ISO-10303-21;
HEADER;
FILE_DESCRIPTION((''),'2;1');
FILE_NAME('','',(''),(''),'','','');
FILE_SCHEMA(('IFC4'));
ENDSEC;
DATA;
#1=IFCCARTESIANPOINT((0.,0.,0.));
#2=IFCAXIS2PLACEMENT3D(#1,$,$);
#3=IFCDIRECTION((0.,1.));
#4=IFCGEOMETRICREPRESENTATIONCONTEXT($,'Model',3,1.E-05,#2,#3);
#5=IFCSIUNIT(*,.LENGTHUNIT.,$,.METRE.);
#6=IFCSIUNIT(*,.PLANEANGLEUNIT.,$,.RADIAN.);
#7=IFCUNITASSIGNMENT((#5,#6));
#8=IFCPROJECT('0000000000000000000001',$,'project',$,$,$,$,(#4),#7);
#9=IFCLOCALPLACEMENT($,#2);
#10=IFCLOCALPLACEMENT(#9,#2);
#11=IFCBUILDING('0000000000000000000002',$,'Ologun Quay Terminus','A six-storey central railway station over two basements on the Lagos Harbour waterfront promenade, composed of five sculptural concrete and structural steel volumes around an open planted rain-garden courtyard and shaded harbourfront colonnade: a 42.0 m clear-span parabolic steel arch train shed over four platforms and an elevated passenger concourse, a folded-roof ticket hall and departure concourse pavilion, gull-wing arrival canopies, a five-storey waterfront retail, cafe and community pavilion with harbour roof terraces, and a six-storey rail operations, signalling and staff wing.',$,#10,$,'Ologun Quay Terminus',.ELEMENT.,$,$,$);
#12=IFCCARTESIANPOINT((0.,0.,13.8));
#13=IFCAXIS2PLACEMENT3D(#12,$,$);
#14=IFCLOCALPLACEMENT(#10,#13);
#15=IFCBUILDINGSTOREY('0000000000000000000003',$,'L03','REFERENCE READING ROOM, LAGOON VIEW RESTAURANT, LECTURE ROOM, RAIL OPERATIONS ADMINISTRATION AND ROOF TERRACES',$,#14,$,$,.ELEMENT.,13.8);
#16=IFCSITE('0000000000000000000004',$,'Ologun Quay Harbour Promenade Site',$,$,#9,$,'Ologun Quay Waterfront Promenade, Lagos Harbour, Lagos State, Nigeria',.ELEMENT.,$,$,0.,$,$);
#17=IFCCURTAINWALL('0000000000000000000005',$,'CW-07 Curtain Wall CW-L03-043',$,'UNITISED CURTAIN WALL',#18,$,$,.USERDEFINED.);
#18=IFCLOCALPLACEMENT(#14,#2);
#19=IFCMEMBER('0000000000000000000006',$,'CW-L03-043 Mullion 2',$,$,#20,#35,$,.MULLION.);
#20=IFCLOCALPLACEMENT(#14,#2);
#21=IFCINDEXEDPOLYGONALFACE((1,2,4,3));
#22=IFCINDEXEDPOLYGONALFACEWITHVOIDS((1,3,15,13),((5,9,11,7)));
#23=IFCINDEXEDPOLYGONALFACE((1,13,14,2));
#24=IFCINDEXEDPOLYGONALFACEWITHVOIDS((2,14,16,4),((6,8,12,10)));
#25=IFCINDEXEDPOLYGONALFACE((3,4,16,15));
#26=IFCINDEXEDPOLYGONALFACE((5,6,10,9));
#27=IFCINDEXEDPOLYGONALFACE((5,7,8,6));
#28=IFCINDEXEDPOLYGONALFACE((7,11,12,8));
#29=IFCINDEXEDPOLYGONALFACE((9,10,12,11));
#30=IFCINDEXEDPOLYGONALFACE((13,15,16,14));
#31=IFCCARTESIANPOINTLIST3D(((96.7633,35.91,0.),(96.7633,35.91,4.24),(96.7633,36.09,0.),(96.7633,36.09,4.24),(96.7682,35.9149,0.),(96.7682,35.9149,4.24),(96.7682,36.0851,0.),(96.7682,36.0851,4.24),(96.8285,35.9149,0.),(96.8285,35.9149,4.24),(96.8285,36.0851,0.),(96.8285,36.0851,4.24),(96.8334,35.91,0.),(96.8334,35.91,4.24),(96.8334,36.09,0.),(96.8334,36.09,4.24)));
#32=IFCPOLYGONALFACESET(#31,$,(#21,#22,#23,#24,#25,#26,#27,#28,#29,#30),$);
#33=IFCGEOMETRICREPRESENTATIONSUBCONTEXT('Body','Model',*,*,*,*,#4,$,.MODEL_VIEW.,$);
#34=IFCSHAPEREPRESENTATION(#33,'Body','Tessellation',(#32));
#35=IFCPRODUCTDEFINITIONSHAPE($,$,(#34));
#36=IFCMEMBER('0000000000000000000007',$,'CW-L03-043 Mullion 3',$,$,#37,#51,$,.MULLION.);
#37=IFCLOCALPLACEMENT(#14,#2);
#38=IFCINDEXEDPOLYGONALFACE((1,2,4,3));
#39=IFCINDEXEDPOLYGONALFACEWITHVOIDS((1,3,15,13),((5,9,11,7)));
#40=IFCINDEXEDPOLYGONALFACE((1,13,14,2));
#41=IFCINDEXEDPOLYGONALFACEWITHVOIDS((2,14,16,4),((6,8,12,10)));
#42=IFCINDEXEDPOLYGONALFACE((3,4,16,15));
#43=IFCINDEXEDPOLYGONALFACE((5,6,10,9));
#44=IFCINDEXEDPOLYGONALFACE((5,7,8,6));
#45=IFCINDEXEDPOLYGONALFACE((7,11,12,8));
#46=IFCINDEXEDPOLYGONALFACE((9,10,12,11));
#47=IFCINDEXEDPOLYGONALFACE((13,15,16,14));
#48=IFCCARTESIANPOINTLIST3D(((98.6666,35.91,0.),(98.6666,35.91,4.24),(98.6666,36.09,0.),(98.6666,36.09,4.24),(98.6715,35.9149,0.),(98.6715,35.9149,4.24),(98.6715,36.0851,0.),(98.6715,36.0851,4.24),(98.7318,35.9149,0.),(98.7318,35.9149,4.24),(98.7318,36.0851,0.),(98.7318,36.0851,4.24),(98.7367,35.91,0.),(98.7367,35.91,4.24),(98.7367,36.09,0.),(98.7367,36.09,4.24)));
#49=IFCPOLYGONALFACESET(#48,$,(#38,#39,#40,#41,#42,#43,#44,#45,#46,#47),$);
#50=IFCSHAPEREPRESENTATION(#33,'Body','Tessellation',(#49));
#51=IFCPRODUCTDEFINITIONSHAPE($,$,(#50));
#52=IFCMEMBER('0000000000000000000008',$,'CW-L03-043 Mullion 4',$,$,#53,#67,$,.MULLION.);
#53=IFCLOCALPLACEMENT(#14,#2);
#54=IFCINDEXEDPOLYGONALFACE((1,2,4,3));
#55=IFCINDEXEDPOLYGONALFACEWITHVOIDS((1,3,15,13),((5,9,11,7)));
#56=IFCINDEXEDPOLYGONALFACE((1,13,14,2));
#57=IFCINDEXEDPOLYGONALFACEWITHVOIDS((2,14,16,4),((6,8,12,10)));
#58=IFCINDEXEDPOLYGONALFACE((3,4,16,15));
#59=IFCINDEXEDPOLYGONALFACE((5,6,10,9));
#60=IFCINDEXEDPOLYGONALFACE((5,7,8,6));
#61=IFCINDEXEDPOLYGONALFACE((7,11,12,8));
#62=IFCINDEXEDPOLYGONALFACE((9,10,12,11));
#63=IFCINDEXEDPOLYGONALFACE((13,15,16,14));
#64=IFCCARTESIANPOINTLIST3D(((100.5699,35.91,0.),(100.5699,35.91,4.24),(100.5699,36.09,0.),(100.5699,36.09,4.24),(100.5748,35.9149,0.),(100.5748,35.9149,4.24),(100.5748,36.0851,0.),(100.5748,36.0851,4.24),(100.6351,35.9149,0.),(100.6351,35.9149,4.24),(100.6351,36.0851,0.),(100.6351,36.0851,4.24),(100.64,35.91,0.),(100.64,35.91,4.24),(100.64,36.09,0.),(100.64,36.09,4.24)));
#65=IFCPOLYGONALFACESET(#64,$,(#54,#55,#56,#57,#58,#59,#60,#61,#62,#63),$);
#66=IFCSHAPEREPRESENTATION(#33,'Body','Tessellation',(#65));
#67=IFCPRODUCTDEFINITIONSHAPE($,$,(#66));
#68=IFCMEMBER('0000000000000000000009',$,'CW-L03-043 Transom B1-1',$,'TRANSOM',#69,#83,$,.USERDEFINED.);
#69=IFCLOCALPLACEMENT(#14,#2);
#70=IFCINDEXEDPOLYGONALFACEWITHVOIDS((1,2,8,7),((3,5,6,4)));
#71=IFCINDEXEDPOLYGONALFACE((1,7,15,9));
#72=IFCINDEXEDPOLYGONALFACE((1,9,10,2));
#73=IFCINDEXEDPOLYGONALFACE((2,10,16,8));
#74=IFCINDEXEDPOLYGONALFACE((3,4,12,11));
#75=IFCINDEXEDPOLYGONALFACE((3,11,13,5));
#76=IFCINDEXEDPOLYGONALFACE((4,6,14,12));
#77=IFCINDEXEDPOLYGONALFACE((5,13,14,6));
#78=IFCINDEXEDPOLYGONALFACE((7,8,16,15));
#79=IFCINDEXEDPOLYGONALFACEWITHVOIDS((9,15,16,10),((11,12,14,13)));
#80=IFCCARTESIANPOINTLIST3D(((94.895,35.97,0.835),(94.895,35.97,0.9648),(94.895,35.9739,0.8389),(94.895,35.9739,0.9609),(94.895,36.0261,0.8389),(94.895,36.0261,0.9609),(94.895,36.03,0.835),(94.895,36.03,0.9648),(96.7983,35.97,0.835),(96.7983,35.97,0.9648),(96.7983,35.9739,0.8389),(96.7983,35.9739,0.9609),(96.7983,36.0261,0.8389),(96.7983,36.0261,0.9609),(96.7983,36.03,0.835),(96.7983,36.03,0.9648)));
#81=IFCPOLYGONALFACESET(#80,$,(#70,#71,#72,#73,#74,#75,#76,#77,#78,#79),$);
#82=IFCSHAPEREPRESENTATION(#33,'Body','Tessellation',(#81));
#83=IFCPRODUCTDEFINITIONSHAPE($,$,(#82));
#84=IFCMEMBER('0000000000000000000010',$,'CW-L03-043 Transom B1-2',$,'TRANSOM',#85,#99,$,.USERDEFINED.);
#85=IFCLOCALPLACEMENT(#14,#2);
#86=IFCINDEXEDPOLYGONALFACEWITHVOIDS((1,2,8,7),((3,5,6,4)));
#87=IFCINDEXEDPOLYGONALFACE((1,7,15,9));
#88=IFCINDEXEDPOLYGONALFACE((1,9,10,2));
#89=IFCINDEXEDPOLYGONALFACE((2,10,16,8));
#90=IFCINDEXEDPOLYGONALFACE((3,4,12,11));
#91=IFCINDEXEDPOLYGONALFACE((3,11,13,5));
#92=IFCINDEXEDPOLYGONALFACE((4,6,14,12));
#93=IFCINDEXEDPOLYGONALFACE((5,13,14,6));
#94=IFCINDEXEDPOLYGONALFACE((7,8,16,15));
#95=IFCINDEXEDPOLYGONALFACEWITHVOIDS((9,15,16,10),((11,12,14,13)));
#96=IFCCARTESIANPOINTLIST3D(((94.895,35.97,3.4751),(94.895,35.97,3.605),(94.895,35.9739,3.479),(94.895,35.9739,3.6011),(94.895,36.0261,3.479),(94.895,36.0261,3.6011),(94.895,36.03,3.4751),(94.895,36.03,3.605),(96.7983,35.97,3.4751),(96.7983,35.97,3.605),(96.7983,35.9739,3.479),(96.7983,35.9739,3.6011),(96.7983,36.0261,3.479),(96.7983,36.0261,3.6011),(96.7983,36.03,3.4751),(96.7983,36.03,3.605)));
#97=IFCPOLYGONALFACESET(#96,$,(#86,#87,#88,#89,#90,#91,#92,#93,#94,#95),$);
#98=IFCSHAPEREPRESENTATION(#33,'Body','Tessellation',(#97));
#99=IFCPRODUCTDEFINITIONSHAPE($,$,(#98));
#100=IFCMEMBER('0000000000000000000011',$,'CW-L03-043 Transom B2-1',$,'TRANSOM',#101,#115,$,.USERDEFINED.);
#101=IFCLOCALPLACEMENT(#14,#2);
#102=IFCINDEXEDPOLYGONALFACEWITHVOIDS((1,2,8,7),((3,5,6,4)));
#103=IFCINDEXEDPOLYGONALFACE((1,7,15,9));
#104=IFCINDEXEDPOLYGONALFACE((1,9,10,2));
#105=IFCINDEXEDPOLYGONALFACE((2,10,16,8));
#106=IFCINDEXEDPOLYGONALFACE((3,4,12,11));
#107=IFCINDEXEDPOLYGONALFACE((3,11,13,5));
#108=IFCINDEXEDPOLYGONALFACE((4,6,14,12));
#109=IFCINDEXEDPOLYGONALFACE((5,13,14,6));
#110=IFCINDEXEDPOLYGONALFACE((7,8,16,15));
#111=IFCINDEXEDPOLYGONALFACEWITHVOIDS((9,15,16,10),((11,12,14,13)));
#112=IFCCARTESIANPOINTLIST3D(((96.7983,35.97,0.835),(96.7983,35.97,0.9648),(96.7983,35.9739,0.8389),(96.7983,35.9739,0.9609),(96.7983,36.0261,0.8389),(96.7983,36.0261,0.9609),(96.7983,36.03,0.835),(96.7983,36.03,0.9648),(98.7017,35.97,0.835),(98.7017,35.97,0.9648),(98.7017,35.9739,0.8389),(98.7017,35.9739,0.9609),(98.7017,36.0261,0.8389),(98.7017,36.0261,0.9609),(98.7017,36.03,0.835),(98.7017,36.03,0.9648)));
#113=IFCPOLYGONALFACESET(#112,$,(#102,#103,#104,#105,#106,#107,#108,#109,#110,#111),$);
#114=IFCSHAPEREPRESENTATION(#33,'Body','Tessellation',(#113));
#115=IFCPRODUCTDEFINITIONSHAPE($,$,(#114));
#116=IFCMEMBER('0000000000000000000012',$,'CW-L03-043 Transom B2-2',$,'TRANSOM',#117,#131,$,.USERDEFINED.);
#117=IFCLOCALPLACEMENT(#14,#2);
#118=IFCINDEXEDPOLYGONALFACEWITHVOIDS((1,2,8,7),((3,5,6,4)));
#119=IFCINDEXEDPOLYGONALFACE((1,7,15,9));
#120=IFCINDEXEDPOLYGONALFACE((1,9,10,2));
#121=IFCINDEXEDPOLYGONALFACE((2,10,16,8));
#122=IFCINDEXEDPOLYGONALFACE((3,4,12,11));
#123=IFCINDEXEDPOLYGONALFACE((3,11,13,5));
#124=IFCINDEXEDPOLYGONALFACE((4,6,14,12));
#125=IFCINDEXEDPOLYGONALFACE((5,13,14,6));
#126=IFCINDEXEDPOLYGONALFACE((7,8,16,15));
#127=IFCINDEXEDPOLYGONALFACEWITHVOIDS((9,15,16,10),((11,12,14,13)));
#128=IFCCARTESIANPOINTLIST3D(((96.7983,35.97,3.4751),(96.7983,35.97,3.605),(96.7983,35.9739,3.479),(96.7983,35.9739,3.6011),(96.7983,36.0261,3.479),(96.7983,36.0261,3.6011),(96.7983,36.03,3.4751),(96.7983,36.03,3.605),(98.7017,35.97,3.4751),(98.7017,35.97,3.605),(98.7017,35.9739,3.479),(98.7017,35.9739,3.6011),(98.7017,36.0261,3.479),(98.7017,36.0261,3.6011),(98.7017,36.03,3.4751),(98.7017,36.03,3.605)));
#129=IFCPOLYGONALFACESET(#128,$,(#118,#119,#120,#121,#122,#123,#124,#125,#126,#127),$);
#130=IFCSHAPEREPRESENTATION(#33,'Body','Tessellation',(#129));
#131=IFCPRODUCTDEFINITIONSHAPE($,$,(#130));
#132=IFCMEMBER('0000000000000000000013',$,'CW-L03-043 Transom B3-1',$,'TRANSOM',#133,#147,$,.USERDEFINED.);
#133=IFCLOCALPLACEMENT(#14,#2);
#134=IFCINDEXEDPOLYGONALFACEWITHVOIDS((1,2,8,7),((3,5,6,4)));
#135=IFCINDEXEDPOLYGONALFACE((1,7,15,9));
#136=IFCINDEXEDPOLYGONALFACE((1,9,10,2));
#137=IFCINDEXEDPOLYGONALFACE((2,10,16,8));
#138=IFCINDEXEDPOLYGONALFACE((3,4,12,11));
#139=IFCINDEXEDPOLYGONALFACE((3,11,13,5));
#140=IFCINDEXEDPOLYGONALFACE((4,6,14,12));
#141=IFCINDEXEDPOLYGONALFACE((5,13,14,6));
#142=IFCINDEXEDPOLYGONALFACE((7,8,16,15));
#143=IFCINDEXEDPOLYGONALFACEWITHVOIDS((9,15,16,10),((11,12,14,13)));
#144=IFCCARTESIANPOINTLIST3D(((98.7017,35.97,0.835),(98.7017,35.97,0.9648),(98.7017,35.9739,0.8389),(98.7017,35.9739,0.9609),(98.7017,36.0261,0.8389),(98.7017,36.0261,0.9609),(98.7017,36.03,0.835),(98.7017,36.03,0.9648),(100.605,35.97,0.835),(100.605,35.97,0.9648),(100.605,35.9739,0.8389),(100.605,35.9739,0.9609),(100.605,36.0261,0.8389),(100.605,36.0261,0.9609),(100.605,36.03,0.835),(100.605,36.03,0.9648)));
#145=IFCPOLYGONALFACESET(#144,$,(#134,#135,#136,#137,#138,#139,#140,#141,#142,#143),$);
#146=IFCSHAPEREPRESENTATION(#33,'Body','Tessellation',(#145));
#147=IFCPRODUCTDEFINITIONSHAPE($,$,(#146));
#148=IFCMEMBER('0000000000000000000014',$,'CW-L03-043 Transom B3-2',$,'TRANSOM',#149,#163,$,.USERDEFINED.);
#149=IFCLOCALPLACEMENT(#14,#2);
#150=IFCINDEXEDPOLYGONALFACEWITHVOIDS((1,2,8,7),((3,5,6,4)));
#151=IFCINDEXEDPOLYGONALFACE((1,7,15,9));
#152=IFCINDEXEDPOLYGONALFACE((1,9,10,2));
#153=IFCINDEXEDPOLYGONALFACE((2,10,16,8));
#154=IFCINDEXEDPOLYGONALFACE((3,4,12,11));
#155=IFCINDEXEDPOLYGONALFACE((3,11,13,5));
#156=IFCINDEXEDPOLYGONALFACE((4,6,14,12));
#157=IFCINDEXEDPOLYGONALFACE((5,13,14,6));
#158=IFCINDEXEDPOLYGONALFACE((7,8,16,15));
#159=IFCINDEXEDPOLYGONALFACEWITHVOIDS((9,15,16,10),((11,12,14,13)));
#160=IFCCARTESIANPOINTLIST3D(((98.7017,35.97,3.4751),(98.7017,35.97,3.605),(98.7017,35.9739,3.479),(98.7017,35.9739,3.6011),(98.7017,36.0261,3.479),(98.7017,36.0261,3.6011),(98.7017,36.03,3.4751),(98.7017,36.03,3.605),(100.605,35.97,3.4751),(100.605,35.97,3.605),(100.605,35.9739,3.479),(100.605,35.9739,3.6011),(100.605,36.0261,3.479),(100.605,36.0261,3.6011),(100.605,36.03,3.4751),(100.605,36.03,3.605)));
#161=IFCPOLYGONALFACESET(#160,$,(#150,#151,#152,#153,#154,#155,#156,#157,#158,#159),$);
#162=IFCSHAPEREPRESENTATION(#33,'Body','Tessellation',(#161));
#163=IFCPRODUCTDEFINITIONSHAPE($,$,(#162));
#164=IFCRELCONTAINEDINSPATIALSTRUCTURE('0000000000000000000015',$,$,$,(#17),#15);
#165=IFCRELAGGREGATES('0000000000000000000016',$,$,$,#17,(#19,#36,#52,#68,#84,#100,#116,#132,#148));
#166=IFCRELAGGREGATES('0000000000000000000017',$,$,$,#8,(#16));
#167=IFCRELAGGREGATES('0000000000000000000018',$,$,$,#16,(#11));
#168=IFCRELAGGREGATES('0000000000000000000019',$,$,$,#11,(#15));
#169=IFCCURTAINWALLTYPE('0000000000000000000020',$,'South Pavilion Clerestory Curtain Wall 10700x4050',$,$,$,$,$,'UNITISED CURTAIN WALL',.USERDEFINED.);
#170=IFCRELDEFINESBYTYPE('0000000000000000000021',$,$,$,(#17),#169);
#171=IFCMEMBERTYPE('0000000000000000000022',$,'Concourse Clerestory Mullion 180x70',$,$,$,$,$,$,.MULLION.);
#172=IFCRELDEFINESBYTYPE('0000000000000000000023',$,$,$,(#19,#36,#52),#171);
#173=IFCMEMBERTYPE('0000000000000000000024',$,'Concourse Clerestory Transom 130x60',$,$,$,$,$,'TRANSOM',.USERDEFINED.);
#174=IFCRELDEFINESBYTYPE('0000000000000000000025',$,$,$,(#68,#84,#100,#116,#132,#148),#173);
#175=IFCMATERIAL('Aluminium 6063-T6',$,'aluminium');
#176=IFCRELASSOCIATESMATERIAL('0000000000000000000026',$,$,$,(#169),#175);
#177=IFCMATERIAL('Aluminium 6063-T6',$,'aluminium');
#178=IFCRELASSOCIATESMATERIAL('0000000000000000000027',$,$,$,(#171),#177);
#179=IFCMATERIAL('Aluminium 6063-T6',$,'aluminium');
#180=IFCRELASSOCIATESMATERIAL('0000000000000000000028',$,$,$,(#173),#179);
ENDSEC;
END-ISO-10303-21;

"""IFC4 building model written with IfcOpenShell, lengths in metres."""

from ifc_helpers import new_model, si_unit, direction, frame, origin, origin_2d, place, context, subcontext, project, spatial, hollow_rectangle, extrude, material, material_profile, profile_set, type_object, element, aggregate, save


model = new_model("IFC4")

# Units and contexts
model_context = context("Model", 3, precision=1e-05, world=origin(), true_north=direction((0.0, 1.0)))
body_context = subcontext(model_context, "Body", "Model", "MODEL_VIEW")
ifc_project = project(units=[si_unit("LENGTHUNIT", "METRE"), si_unit("PLANEANGLEUNIT", "RADIAN")], contexts=[model_context])

# Site, building, storey
site_placement = place(None, origin())
site = spatial("IfcSite", under=ifc_project, at=site_placement, Name="Ologun Quay Harbour Promenade Site", LongName="Ologun Quay Waterfront Promenade, Lagos Harbour, Lagos State, Nigeria", CompositionType="ELEMENT", RefElevation=0.0)
building_placement = place(site_placement, origin())
building = spatial("IfcBuilding", under=site, at=building_placement, Name="Ologun Quay Terminus", Description="A six-storey central railway station over two basements on the Lagos Harbour waterfront promenade, composed of five sculptural concrete and structural steel volumes around an open planted rain-garden courtyard and shaded harbourfront colonnade: a 42.0 m clear-span parabolic steel arch train shed over four platforms and an elevated passenger concourse, a folded-roof ticket hall and departure concourse pavilion, gull-wing arrival canopies, a five-storey waterfront retail, cafe and community pavilion with harbour roof terraces, and a six-storey rail operations, signalling and staff wing.", LongName="Ologun Quay Terminus", CompositionType="ELEMENT")
storey_placement = place(building_placement, frame((0.0, 0.0, 13.8)))
storey = spatial("IfcBuildingStorey", under=building, at=storey_placement, Name="L03", Description="REFERENCE READING ROOM, LAGOON VIEW RESTAURANT, LECTURE ROOM, RAIL OPERATIONS ADMINISTRATION AND ROOF TERRACES", CompositionType="ELEMENT", Elevation=13.8)

# Curtain wall, members
ifc_material_1 = material(Name="Aluminium 6063-T6", Category="aluminium")
curtain_wall_type = type_object("IfcCurtainWallType", Name="South Pavilion Clerestory Curtain Wall 10700x4050", ElementType="UNITISED CURTAIN WALL", PredefinedType="USERDEFINED", material=ifc_material_1)
curtain_wall_placement = place(storey_placement, origin())
curtain_wall = element("IfcCurtainWall", 1, at=curtain_wall_placement, inside=storey, type_object=curtain_wall_type, Name="CW-07 Curtain Wall CW-L03-043", ObjectType="UNITISED CURTAIN WALL", PredefinedType="USERDEFINED")
ifc_material_2 = material(Name="Aluminium 6063-T6", Category="aluminium")
ifc_material_profile_1 = material_profile(ifc_material_2, hollow_rectangle(XDim=0.0701, YDim=0.1799, WallThickness=0.0049, at=origin_2d()), Name="ALU 180x70x5")
ifc_profile_set_1 = profile_set([ifc_material_profile_1], Name="Aluminium 6063-T6")
member_type_1 = type_object("IfcMemberType", Name="Concourse Clerestory Mullion 180x70", PredefinedType="MULLION", material=ifc_profile_set_1)
member_1_placement = place(storey_placement, frame((96.7983, 36.0, 0.0), z_axis=(0.0, 0.0, 1.0), x_axis=(1.0, 0.0, 0.0)))
member_1 = element("IfcMember", 2, at=member_1_placement, type_object=member_type_1, Name="CW-L03-043 Mullion 2", PredefinedType="MULLION", context=body_context, shape_type="SweptSolid", body=[
    extrude(hollow_rectangle(XDim=0.0701, YDim=0.1799, WallThickness=0.0049, at=origin_2d()), origin(), (0.0, 0.0, 1.0), 4.24),
])
member_2_placement = place(storey_placement, frame((98.7017, 36.0, 0.0), z_axis=(0.0, 0.0, 1.0), x_axis=(1.0, 0.0, 0.0)))
member_2 = element("IfcMember", 3, at=member_2_placement, type_object=member_type_1, Name="CW-L03-043 Mullion 3", PredefinedType="MULLION", context=body_context, shape_type="SweptSolid", body=[
    extrude(hollow_rectangle(XDim=0.0701, YDim=0.1799, WallThickness=0.0049, at=origin_2d()), origin(), (0.0, 0.0, 1.0), 4.24),
])
member_3_placement = place(storey_placement, frame((100.605, 36.0, 0.0), z_axis=(0.0, 0.0, 1.0), x_axis=(1.0, 0.0, 0.0)))
member_3 = element("IfcMember", 4, at=member_3_placement, type_object=member_type_1, Name="CW-L03-043 Mullion 4", PredefinedType="MULLION", context=body_context, shape_type="SweptSolid", body=[
    extrude(hollow_rectangle(XDim=0.0701, YDim=0.1799, WallThickness=0.0049, at=origin_2d()), origin(), (0.0, 0.0, 1.0), 4.24),
])
ifc_material_3 = material(Name="Aluminium 6063-T6", Category="aluminium")
ifc_material_profile_2 = material_profile(ifc_material_3, hollow_rectangle(XDim=0.0601, YDim=0.1299, WallThickness=0.0039, at=origin_2d()), Name="ALU 130x60x4")
ifc_profile_set_2 = profile_set([ifc_material_profile_2], Name="Aluminium 6063-T6")
member_type_2 = type_object("IfcMemberType", Name="Concourse Clerestory Transom 130x60", ElementType="TRANSOM", PredefinedType="USERDEFINED", material=ifc_profile_set_2)
member_4_placement = place(storey_placement, frame((94.895, 36.0, 0.8999), z_axis=(1.0, 0.0, 0.0), x_axis=(0.0, 1.0, 0.0)))
member_4 = element("IfcMember", 5, at=member_4_placement, type_object=member_type_2, Name="CW-L03-043 Transom B1-1", ObjectType="TRANSOM", PredefinedType="USERDEFINED", context=body_context, shape_type="SweptSolid", body=[
    extrude(hollow_rectangle(XDim=0.0601, YDim=0.1299, WallThickness=0.0039, at=origin_2d()), origin(), (0.0, 0.0, 1.0), 1.9033),
])
member_5_placement = place(storey_placement, frame((94.895, 36.0, 3.54), z_axis=(1.0, 0.0, 0.0), x_axis=(0.0, 1.0, 0.0)))
member_5 = element("IfcMember", 6, at=member_5_placement, type_object=member_type_2, Name="CW-L03-043 Transom B1-2", ObjectType="TRANSOM", PredefinedType="USERDEFINED", context=body_context, shape_type="SweptSolid", body=[
    extrude(hollow_rectangle(XDim=0.0601, YDim=0.1299, WallThickness=0.0039, at=origin_2d()), origin(), (0.0, 0.0, 1.0), 1.9033),
])
member_6_placement = place(storey_placement, frame((96.7983, 36.0, 0.8999), z_axis=(1.0, 0.0, 0.0), x_axis=(0.0, 1.0, 0.0)))
member_6 = element("IfcMember", 7, at=member_6_placement, type_object=member_type_2, Name="CW-L03-043 Transom B2-1", ObjectType="TRANSOM", PredefinedType="USERDEFINED", context=body_context, shape_type="SweptSolid", body=[
    extrude(hollow_rectangle(XDim=0.0601, YDim=0.1299, WallThickness=0.0039, at=origin_2d()), origin(), (0.0, 0.0, 1.0), 1.9033),
])
member_7_placement = place(storey_placement, frame((96.7983, 36.0, 3.54), z_axis=(1.0, 0.0, 0.0), x_axis=(0.0, 1.0, 0.0)))
member_7 = element("IfcMember", 8, at=member_7_placement, type_object=member_type_2, Name="CW-L03-043 Transom B2-2", ObjectType="TRANSOM", PredefinedType="USERDEFINED", context=body_context, shape_type="SweptSolid", body=[
    extrude(hollow_rectangle(XDim=0.0601, YDim=0.1299, WallThickness=0.0039, at=origin_2d()), origin(), (0.0, 0.0, 1.0), 1.9033),
])
member_8_placement = place(storey_placement, frame((98.7017, 36.0, 0.8999), z_axis=(1.0, 0.0, 0.0), x_axis=(0.0, 1.0, 0.0)))
member_8 = element("IfcMember", 9, at=member_8_placement, type_object=member_type_2, Name="CW-L03-043 Transom B3-1", ObjectType="TRANSOM", PredefinedType="USERDEFINED", context=body_context, shape_type="SweptSolid", body=[
    extrude(hollow_rectangle(XDim=0.0601, YDim=0.1299, WallThickness=0.0039, at=origin_2d()), origin(), (0.0, 0.0, 1.0), 1.9033),
])
member_9_placement = place(storey_placement, frame((98.7017, 36.0, 3.54), z_axis=(1.0, 0.0, 0.0), x_axis=(0.0, 1.0, 0.0)))
member_9 = element("IfcMember", 10, at=member_9_placement, type_object=member_type_2, Name="CW-L03-043 Transom B3-2", ObjectType="TRANSOM", PredefinedType="USERDEFINED", context=body_context, shape_type="SweptSolid", body=[
    extrude(hollow_rectangle(XDim=0.0601, YDim=0.1299, WallThickness=0.0039, at=origin_2d()), origin(), (0.0, 0.0, 1.0), 1.9033),
])

aggregate(curtain_wall, [member_1, member_2, member_3, member_4, member_5, member_6, member_7, member_8, member_9])

save(model, "model.ifc")
